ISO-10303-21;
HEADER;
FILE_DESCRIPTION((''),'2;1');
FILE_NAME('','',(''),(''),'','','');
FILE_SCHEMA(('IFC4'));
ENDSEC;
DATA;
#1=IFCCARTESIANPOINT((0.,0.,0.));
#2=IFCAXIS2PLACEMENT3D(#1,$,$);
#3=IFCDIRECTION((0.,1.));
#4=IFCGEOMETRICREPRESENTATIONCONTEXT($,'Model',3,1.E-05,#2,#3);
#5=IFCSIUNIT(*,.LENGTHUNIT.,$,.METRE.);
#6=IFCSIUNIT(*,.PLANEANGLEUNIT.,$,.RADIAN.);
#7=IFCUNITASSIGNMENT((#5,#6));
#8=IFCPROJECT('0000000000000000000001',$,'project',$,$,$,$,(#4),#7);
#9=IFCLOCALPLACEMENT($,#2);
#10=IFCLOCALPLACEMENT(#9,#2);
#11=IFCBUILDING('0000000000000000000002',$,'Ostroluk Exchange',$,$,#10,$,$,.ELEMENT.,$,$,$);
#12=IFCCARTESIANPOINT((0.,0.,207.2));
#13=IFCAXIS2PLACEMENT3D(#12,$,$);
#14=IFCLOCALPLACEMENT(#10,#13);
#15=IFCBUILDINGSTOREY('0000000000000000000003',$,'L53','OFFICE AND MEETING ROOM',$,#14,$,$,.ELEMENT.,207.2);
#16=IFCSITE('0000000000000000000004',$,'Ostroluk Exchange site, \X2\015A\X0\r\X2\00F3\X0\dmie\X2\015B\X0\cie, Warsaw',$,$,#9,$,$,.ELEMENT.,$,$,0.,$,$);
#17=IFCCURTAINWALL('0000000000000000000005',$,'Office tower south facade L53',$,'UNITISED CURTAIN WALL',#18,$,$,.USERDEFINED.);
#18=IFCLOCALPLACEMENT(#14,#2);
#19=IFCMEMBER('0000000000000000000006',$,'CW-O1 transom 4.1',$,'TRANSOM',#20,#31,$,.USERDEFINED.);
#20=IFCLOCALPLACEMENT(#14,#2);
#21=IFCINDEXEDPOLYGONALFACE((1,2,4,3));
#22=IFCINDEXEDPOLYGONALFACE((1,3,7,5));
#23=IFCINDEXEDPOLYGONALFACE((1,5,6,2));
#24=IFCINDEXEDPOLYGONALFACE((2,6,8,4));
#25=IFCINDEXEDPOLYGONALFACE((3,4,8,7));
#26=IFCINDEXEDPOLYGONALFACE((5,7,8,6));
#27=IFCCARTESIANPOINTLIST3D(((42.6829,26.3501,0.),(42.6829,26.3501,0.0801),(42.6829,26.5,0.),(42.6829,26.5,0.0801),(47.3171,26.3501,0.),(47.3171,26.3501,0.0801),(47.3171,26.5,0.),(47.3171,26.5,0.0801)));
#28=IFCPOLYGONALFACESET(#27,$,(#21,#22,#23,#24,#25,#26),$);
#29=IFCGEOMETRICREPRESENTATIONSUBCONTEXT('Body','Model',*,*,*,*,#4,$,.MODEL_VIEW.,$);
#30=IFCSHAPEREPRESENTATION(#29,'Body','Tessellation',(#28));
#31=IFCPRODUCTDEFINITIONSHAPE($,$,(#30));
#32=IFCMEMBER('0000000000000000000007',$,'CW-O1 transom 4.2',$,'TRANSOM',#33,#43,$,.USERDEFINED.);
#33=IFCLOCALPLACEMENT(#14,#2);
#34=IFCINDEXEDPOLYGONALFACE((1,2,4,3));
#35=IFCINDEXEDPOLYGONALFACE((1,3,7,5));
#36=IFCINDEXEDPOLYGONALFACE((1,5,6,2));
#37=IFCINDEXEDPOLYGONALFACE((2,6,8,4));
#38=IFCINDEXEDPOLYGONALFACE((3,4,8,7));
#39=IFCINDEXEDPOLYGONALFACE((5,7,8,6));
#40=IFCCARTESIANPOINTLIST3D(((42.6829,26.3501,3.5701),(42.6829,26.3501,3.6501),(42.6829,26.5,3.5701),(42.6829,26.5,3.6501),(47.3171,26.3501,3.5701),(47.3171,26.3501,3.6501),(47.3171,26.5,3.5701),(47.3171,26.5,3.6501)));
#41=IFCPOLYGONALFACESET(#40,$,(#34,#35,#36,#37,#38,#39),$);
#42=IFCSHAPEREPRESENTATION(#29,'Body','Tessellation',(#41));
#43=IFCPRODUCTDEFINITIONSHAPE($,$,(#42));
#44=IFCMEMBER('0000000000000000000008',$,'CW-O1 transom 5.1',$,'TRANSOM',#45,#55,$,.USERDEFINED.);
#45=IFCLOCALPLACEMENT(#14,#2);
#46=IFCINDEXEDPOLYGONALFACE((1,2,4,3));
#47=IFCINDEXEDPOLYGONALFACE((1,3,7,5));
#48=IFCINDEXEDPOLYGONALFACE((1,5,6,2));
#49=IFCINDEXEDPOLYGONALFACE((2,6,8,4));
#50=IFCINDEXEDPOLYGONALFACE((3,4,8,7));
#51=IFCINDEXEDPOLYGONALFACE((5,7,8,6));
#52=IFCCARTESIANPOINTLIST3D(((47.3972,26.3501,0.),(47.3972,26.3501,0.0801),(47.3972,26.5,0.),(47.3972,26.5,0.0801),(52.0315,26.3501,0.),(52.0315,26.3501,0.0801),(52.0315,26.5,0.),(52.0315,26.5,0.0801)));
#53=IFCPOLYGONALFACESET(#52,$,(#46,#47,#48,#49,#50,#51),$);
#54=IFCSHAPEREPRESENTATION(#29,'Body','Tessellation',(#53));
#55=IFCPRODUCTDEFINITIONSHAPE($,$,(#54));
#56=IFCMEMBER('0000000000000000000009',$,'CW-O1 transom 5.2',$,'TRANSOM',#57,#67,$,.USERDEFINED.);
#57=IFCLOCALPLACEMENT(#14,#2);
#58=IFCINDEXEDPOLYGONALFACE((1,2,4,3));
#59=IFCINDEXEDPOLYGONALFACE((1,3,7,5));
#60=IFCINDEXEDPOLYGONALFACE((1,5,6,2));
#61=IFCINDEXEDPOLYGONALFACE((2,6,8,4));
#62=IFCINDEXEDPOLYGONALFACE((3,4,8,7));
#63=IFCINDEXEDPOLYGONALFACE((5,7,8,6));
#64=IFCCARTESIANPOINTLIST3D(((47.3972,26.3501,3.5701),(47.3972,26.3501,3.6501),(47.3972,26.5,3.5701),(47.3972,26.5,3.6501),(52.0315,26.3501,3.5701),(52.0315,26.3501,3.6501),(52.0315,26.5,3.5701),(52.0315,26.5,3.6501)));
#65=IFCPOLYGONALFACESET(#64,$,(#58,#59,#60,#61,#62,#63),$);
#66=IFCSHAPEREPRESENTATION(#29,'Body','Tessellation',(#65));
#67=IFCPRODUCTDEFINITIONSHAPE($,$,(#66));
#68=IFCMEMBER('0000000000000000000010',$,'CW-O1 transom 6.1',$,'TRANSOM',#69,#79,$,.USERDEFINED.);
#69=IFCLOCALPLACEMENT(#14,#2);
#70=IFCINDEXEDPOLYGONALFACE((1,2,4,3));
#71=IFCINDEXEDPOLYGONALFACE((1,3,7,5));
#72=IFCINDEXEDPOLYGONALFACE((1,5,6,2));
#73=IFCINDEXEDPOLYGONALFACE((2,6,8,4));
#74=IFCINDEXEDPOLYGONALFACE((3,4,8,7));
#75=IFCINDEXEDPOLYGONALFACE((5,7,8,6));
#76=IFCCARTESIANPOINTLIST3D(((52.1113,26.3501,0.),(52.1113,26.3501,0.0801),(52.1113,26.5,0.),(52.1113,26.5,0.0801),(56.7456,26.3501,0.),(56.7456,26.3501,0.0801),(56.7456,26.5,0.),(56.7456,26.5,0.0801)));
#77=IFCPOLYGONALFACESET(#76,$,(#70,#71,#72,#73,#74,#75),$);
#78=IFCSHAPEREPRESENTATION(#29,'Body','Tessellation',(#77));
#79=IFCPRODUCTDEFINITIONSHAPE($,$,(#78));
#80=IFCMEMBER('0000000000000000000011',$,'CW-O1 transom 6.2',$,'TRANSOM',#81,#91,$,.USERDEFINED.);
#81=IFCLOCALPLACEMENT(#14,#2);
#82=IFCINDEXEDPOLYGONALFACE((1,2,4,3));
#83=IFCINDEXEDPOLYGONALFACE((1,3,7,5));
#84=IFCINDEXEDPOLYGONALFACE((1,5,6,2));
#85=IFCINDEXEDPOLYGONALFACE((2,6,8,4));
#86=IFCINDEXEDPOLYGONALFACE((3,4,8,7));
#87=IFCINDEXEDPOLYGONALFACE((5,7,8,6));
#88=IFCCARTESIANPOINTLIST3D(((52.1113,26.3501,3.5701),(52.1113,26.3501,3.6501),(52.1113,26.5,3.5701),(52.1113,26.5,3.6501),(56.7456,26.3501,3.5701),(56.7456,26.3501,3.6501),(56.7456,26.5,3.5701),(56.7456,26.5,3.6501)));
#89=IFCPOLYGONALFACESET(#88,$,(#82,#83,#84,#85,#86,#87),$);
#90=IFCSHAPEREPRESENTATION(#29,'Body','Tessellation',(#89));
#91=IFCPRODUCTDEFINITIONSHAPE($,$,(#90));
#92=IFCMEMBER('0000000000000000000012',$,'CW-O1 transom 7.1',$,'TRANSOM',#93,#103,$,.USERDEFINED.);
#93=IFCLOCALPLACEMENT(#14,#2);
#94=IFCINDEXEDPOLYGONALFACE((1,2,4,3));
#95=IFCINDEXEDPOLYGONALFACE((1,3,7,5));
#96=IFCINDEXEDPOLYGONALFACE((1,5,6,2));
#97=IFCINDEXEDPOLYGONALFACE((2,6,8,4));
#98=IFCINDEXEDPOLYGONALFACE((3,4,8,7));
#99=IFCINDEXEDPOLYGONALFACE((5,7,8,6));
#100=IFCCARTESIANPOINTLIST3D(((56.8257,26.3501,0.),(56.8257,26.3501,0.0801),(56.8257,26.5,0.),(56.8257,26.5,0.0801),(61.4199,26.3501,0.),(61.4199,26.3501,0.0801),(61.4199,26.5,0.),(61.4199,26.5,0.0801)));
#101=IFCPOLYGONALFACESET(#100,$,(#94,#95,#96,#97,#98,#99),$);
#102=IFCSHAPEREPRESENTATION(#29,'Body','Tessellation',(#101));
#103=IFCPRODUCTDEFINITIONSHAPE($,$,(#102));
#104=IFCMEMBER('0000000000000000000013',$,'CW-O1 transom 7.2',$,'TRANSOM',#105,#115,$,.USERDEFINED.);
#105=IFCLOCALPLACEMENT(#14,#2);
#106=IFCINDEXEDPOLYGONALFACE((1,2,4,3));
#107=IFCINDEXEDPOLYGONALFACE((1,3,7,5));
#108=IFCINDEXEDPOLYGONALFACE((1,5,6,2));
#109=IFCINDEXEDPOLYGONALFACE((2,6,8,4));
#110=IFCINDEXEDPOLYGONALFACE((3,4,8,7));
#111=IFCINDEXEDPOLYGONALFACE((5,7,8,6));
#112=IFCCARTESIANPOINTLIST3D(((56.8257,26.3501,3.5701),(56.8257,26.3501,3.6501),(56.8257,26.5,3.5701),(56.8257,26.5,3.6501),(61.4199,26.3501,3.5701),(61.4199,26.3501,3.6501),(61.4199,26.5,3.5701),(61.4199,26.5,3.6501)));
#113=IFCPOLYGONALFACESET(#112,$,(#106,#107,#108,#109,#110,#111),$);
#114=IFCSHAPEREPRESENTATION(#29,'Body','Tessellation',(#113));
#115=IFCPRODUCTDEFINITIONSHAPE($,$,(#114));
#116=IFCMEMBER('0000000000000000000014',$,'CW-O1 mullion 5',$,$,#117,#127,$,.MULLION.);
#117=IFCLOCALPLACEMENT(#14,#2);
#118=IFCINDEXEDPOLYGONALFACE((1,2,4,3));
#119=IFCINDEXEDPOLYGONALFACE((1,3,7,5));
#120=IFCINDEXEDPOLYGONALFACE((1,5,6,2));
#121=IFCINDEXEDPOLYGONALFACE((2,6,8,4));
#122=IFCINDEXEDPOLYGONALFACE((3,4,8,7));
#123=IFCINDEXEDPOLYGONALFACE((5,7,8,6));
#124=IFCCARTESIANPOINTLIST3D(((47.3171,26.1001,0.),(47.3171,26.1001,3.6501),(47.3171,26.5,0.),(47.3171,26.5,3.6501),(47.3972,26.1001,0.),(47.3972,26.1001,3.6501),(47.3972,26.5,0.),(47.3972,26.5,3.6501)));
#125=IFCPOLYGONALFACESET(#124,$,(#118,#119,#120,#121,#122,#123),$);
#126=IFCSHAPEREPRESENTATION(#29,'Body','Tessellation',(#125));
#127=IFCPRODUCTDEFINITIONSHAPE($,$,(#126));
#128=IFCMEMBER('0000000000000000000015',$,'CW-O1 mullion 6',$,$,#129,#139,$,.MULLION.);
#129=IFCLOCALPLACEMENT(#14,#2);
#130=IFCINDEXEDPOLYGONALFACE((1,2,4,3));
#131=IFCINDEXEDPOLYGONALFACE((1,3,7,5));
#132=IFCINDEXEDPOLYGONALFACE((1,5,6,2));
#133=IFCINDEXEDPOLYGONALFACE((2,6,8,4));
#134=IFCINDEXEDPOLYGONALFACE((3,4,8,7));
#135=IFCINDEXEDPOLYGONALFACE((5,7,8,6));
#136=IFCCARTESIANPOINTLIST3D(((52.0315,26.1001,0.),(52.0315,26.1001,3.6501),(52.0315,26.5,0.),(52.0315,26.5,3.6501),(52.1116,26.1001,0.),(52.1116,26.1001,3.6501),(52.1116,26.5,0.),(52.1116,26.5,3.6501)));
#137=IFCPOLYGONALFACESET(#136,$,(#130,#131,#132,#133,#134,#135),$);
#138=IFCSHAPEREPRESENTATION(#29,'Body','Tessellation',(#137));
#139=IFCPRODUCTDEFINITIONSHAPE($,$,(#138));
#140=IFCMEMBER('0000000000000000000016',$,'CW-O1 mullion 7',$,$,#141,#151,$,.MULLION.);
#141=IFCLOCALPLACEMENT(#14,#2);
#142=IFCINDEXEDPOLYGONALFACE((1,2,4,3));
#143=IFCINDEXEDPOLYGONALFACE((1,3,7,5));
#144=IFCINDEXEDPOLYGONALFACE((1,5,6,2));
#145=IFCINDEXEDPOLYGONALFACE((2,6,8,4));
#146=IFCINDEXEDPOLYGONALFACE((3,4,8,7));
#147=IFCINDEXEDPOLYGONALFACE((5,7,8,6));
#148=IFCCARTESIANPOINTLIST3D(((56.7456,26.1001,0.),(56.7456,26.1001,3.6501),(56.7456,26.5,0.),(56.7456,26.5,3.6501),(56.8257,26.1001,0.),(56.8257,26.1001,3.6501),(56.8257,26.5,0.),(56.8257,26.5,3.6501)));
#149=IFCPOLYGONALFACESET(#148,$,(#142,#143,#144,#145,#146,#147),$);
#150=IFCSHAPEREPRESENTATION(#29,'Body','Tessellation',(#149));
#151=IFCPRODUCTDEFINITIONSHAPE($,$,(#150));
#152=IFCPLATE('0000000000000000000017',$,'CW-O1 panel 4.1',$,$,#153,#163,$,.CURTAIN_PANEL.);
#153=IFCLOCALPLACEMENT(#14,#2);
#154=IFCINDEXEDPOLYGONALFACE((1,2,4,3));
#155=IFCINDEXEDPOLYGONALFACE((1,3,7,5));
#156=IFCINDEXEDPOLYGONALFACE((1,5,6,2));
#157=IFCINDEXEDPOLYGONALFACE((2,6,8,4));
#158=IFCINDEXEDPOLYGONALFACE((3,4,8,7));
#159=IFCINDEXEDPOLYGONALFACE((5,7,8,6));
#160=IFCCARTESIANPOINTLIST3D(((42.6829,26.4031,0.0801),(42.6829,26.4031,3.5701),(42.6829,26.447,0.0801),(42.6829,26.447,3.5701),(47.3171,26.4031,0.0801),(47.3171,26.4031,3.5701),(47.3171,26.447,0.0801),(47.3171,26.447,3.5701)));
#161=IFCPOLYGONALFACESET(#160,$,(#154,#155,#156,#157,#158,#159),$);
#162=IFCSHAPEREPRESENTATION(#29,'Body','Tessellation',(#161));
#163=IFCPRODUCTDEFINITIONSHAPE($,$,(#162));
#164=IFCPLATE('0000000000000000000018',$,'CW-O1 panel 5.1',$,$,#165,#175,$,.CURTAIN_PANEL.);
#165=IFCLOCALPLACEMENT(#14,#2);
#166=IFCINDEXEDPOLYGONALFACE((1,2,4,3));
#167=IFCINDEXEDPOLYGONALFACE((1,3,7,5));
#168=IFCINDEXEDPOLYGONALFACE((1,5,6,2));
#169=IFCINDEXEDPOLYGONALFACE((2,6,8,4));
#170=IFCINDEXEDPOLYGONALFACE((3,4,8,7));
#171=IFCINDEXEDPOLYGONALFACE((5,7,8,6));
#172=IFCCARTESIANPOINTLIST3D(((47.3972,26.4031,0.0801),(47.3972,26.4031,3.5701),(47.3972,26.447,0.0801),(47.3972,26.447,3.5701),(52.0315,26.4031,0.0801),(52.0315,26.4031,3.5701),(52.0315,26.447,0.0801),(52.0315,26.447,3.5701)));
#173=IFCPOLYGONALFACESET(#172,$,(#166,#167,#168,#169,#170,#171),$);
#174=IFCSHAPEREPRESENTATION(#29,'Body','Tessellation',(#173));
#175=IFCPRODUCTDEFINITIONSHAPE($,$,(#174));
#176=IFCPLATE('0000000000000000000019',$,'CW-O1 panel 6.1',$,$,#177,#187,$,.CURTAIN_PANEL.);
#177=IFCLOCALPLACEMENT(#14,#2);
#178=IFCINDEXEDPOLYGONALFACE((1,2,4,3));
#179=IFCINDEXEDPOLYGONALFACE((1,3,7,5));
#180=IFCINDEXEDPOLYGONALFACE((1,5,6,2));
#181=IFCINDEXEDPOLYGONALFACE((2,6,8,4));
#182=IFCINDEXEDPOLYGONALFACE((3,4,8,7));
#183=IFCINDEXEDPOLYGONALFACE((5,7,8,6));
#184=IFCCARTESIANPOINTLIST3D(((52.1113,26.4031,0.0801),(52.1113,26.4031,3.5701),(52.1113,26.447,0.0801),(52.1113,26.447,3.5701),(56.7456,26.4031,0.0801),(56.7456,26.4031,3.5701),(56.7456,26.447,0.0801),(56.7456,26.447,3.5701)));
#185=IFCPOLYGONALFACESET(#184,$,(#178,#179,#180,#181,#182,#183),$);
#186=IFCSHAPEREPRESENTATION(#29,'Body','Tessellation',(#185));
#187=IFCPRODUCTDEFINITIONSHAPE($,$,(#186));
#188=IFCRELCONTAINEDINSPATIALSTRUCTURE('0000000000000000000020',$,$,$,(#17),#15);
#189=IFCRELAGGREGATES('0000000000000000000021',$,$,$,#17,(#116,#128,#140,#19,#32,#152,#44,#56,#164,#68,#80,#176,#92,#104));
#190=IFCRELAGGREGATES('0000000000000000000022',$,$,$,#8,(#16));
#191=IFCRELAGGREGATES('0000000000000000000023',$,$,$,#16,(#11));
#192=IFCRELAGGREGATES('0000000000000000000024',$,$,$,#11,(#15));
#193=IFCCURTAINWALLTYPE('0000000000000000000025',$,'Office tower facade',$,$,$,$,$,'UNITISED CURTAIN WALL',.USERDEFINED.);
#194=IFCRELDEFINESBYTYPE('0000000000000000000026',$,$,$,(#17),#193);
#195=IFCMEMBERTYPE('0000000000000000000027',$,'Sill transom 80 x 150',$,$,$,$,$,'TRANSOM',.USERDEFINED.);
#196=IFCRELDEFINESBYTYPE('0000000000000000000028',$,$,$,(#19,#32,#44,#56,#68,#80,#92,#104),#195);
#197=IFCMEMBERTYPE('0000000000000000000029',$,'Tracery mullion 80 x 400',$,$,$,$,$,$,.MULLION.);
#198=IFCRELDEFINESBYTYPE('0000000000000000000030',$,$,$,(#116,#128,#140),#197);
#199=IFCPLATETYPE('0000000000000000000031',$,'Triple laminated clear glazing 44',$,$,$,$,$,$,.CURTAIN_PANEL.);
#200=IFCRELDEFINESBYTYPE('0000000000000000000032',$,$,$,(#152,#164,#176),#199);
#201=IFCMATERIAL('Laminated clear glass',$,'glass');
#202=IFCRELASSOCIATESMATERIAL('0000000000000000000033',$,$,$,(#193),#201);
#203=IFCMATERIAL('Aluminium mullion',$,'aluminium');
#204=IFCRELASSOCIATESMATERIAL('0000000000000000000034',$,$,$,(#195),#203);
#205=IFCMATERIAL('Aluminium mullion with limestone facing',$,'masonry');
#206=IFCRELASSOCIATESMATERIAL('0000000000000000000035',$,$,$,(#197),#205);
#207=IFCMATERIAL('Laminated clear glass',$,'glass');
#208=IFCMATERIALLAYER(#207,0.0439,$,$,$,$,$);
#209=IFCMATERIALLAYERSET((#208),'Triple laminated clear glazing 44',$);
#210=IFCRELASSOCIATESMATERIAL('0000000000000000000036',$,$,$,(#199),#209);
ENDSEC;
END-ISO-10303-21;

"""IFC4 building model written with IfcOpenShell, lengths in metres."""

from ifc_helpers import new_model, si_unit, direction, frame, origin, origin_2d, place, context, subcontext, project, spatial, rectangle, extrude, material, layer, layer_set, material_profile, profile_set, type_object, element, aggregate, save


model = new_model("IFC4")

# Units and contexts
model_context = context("Model", 3, precision=1e-05, world=origin(), true_north=direction((0.0, 1.0)))
body_context = subcontext(model_context, "Body", "Model", "MODEL_VIEW")
ifc_project = project(units=[si_unit("LENGTHUNIT", "METRE"), si_unit("PLANEANGLEUNIT", "RADIAN")], contexts=[model_context])

# Site, building, storey
site_placement = place(None, origin())
site = spatial("IfcSite", under=ifc_project, at=site_placement, Name="Ostroluk Exchange site, Śródmieście, Warsaw", CompositionType="ELEMENT", RefElevation=0.0)
building_placement = place(site_placement, origin())
building = spatial("IfcBuilding", under=site, at=building_placement, Name="Ostroluk Exchange", CompositionType="ELEMENT")
storey_placement = place(building_placement, frame((0.0, 0.0, 207.2)))
storey = spatial("IfcBuildingStorey", under=building, at=storey_placement, Name="L53", Description="OFFICE AND MEETING ROOM", CompositionType="ELEMENT", Elevation=207.2)

# Curtain wall, members, plates
ifc_material_1 = material(Name="Laminated clear glass", Category="glass")
curtain_wall_type = type_object("IfcCurtainWallType", Name="Office tower facade", ElementType="UNITISED CURTAIN WALL", PredefinedType="USERDEFINED", material=ifc_material_1)
curtain_wall_placement = place(storey_placement, origin())
curtain_wall = element("IfcCurtainWall", 1, at=curtain_wall_placement, inside=storey, type_object=curtain_wall_type, Name="Office tower south facade L53", ObjectType="UNITISED CURTAIN WALL", PredefinedType="USERDEFINED")
ifc_material_2 = material(Name="Aluminium mullion", Category="aluminium")
ifc_material_profile_1 = material_profile(ifc_material_2, rectangle(XDim=0.1499, YDim=0.0801, at=origin_2d()), Name="Sill transom 80 x 150")
ifc_profile_set_1 = profile_set([ifc_material_profile_1], Name="Aluminium mullion")
member_type_1 = type_object("IfcMemberType", Name="Sill transom 80 x 150", ElementType="TRANSOM", PredefinedType="USERDEFINED", material=ifc_profile_set_1)
member_1_placement = place(storey_placement, frame((42.6829, 26.425, 0.04), z_axis=(1.0, 0.0, 0.0), x_axis=(0.0, 1.0, 0.0)))
member_1 = element("IfcMember", 2, at=member_1_placement, type_object=member_type_1, Name="CW-O1 transom 4.1", ObjectType="TRANSOM", PredefinedType="USERDEFINED", context=body_context, shape_type="SweptSolid", body=[
    extrude(rectangle(XDim=0.1499, YDim=0.0801, at=origin_2d()), origin(), (0.0, 0.0, 1.0), 4.6343),
])
member_2_placement = place(storey_placement, frame((42.6829, 26.425, 3.6101), z_axis=(1.0, 0.0, 0.0), x_axis=(0.0, 1.0, 0.0)))
member_2 = element("IfcMember", 3, at=member_2_placement, type_object=member_type_1, Name="CW-O1 transom 4.2", ObjectType="TRANSOM", PredefinedType="USERDEFINED", context=body_context, shape_type="SweptSolid", body=[
    extrude(rectangle(XDim=0.1499, YDim=0.0801, at=origin_2d()), origin(), (0.0, 0.0, 1.0), 4.6343),
])
member_3_placement = place(storey_placement, frame((47.3972, 26.425, 0.04), z_axis=(1.0, 0.0, 0.0), x_axis=(0.0, 1.0, 0.0)))
member_3 = element("IfcMember", 4, at=member_3_placement, type_object=member_type_1, Name="CW-O1 transom 5.1", ObjectType="TRANSOM", PredefinedType="USERDEFINED", context=body_context, shape_type="SweptSolid", body=[
    extrude(rectangle(XDim=0.1499, YDim=0.0801, at=origin_2d()), origin(), (0.0, 0.0, 1.0), 4.6343),
])
member_4_placement = place(storey_placement, frame((47.3972, 26.425, 3.6101), z_axis=(1.0, 0.0, 0.0), x_axis=(0.0, 1.0, 0.0)))
member_4 = element("IfcMember", 5, at=member_4_placement, type_object=member_type_1, Name="CW-O1 transom 5.2", ObjectType="TRANSOM", PredefinedType="USERDEFINED", context=body_context, shape_type="SweptSolid", body=[
    extrude(rectangle(XDim=0.1499, YDim=0.0801, at=origin_2d()), origin(), (0.0, 0.0, 1.0), 4.6343),
])
member_5_placement = place(storey_placement, frame((52.1113, 26.425, 0.04), z_axis=(1.0, 0.0, 0.0), x_axis=(0.0, 1.0, 0.0)))
member_5 = element("IfcMember", 6, at=member_5_placement, type_object=member_type_1, Name="CW-O1 transom 6.1", ObjectType="TRANSOM", PredefinedType="USERDEFINED", context=body_context, shape_type="SweptSolid", body=[
    extrude(rectangle(XDim=0.1499, YDim=0.0801, at=origin_2d()), origin(), (0.0, 0.0, 1.0), 4.6343),
])
member_6_placement = place(storey_placement, frame((52.1113, 26.425, 3.6101), z_axis=(1.0, 0.0, 0.0), x_axis=(0.0, 1.0, 0.0)))
member_6 = element("IfcMember", 7, at=member_6_placement, type_object=member_type_1, Name="CW-O1 transom 6.2", ObjectType="TRANSOM", PredefinedType="USERDEFINED", context=body_context, shape_type="SweptSolid", body=[
    extrude(rectangle(XDim=0.1499, YDim=0.0801, at=origin_2d()), origin(), (0.0, 0.0, 1.0), 4.6343),
])
member_7_placement = place(storey_placement, frame((56.8257, 26.425, 0.04), z_axis=(1.0, 0.0, 0.0), x_axis=(0.0, 1.0, 0.0)))
member_7 = element("IfcMember", 8, at=member_7_placement, type_object=member_type_1, Name="CW-O1 transom 7.1", ObjectType="TRANSOM", PredefinedType="USERDEFINED", context=body_context, shape_type="SweptSolid", body=[
    extrude(rectangle(XDim=0.1499, YDim=0.0801, at=origin_2d()), origin(), (0.0, 0.0, 1.0), 4.5942),
])
member_8_placement = place(storey_placement, frame((56.8257, 26.425, 3.6101), z_axis=(1.0, 0.0, 0.0), x_axis=(0.0, 1.0, 0.0)))
member_8 = element("IfcMember", 9, at=member_8_placement, type_object=member_type_1, Name="CW-O1 transom 7.2", ObjectType="TRANSOM", PredefinedType="USERDEFINED", context=body_context, shape_type="SweptSolid", body=[
    extrude(rectangle(XDim=0.1499, YDim=0.0801, at=origin_2d()), origin(), (0.0, 0.0, 1.0), 4.5942),
])
ifc_material_3 = material(Name="Aluminium mullion with limestone facing", Category="masonry")
ifc_material_profile_2 = material_profile(ifc_material_3, rectangle(XDim=0.3999, YDim=0.0801, at=origin_2d()), Name="Tracery mullion 80 x 400")
ifc_profile_set_2 = profile_set([ifc_material_profile_2], Name="Aluminium mullion with limestone facing")
member_type_2 = type_object("IfcMemberType", Name="Tracery mullion 80 x 400", PredefinedType="MULLION", material=ifc_profile_set_2)
member_9_placement = place(storey_placement, frame((47.3572, 26.3, 0.0), z_axis=(0.0, 0.0, 1.0), x_axis=(0.0, 1.0, 0.0)))
member_9 = element("IfcMember", 10, at=member_9_placement, type_object=member_type_2, Name="CW-O1 mullion 5", PredefinedType="MULLION", context=body_context, shape_type="SweptSolid", body=[
    extrude(rectangle(XDim=0.3999, YDim=0.0801, at=origin_2d()), origin(), (0.0, 0.0, 1.0), 3.6501),
])
member_10_placement = place(storey_placement, frame((52.0715, 26.3, 0.0), z_axis=(0.0, 0.0, 1.0), x_axis=(0.0, 1.0, 0.0)))
member_10 = element("IfcMember", 11, at=member_10_placement, type_object=member_type_2, Name="CW-O1 mullion 6", PredefinedType="MULLION", context=body_context, shape_type="SweptSolid", body=[
    extrude(rectangle(XDim=0.3999, YDim=0.0801, at=origin_2d()), origin(), (0.0, 0.0, 1.0), 3.6501),
])
member_11_placement = place(storey_placement, frame((56.7856, 26.3, 0.0), z_axis=(0.0, 0.0, 1.0), x_axis=(0.0, 1.0, 0.0)))
member_11 = element("IfcMember", 12, at=member_11_placement, type_object=member_type_2, Name="CW-O1 mullion 7", PredefinedType="MULLION", context=body_context, shape_type="SweptSolid", body=[
    extrude(rectangle(XDim=0.3999, YDim=0.0801, at=origin_2d()), origin(), (0.0, 0.0, 1.0), 3.6501),
])
ifc_material_4 = material(Name="Laminated clear glass", Category="glass")
ifc_layer_1 = layer(ifc_material_4, 0.0439)
ifc_layer_set_1 = layer_set([ifc_layer_1], Name="Triple laminated clear glazing 44")
plate_type = type_object("IfcPlateType", Name="Triple laminated clear glazing 44", PredefinedType="CURTAIN_PANEL", material=ifc_layer_set_1)
plate_1_placement = place(storey_placement, frame((45.0, 26.425, 0.0801), z_axis=(0.0, 0.0, 1.0), x_axis=(1.0, 0.0, 0.0)))
plate_1 = element("IfcPlate", 13, at=plate_1_placement, type_object=plate_type, Name="CW-O1 panel 4.1", PredefinedType="CURTAIN_PANEL", context=body_context, shape_type="SweptSolid", body=[
    extrude(rectangle(XDim=4.6343, YDim=0.0439, at=origin_2d()), origin(), (0.0, 0.0, 1.0), 3.49),
])
plate_2_placement = place(storey_placement, frame((49.7144, 26.425, 0.0801), z_axis=(0.0, 0.0, 1.0), x_axis=(1.0, 0.0, 0.0)))
plate_2 = element("IfcPlate", 14, at=plate_2_placement, type_object=plate_type, Name="CW-O1 panel 5.1", PredefinedType="CURTAIN_PANEL", context=body_context, shape_type="SweptSolid", body=[
    extrude(rectangle(XDim=4.6343, YDim=0.0439, at=origin_2d()), origin(), (0.0, 0.0, 1.0), 3.49),
])
plate_3_placement = place(storey_placement, frame((54.4285, 26.425, 0.0801), z_axis=(0.0, 0.0, 1.0), x_axis=(1.0, 0.0, 0.0)))
plate_3 = element("IfcPlate", 15, at=plate_3_placement, type_object=plate_type, Name="CW-O1 panel 6.1", PredefinedType="CURTAIN_PANEL", context=body_context, shape_type="SweptSolid", body=[
    extrude(rectangle(XDim=4.6343, YDim=0.0439, at=origin_2d()), origin(), (0.0, 0.0, 1.0), 3.49),
])
aggregate(curtain_wall, [member_9, member_10, member_11, member_1, member_2, plate_1, member_3, member_4, plate_2, member_5, member_6, plate_3, member_7, member_8])

save(model, "model.ifc")
